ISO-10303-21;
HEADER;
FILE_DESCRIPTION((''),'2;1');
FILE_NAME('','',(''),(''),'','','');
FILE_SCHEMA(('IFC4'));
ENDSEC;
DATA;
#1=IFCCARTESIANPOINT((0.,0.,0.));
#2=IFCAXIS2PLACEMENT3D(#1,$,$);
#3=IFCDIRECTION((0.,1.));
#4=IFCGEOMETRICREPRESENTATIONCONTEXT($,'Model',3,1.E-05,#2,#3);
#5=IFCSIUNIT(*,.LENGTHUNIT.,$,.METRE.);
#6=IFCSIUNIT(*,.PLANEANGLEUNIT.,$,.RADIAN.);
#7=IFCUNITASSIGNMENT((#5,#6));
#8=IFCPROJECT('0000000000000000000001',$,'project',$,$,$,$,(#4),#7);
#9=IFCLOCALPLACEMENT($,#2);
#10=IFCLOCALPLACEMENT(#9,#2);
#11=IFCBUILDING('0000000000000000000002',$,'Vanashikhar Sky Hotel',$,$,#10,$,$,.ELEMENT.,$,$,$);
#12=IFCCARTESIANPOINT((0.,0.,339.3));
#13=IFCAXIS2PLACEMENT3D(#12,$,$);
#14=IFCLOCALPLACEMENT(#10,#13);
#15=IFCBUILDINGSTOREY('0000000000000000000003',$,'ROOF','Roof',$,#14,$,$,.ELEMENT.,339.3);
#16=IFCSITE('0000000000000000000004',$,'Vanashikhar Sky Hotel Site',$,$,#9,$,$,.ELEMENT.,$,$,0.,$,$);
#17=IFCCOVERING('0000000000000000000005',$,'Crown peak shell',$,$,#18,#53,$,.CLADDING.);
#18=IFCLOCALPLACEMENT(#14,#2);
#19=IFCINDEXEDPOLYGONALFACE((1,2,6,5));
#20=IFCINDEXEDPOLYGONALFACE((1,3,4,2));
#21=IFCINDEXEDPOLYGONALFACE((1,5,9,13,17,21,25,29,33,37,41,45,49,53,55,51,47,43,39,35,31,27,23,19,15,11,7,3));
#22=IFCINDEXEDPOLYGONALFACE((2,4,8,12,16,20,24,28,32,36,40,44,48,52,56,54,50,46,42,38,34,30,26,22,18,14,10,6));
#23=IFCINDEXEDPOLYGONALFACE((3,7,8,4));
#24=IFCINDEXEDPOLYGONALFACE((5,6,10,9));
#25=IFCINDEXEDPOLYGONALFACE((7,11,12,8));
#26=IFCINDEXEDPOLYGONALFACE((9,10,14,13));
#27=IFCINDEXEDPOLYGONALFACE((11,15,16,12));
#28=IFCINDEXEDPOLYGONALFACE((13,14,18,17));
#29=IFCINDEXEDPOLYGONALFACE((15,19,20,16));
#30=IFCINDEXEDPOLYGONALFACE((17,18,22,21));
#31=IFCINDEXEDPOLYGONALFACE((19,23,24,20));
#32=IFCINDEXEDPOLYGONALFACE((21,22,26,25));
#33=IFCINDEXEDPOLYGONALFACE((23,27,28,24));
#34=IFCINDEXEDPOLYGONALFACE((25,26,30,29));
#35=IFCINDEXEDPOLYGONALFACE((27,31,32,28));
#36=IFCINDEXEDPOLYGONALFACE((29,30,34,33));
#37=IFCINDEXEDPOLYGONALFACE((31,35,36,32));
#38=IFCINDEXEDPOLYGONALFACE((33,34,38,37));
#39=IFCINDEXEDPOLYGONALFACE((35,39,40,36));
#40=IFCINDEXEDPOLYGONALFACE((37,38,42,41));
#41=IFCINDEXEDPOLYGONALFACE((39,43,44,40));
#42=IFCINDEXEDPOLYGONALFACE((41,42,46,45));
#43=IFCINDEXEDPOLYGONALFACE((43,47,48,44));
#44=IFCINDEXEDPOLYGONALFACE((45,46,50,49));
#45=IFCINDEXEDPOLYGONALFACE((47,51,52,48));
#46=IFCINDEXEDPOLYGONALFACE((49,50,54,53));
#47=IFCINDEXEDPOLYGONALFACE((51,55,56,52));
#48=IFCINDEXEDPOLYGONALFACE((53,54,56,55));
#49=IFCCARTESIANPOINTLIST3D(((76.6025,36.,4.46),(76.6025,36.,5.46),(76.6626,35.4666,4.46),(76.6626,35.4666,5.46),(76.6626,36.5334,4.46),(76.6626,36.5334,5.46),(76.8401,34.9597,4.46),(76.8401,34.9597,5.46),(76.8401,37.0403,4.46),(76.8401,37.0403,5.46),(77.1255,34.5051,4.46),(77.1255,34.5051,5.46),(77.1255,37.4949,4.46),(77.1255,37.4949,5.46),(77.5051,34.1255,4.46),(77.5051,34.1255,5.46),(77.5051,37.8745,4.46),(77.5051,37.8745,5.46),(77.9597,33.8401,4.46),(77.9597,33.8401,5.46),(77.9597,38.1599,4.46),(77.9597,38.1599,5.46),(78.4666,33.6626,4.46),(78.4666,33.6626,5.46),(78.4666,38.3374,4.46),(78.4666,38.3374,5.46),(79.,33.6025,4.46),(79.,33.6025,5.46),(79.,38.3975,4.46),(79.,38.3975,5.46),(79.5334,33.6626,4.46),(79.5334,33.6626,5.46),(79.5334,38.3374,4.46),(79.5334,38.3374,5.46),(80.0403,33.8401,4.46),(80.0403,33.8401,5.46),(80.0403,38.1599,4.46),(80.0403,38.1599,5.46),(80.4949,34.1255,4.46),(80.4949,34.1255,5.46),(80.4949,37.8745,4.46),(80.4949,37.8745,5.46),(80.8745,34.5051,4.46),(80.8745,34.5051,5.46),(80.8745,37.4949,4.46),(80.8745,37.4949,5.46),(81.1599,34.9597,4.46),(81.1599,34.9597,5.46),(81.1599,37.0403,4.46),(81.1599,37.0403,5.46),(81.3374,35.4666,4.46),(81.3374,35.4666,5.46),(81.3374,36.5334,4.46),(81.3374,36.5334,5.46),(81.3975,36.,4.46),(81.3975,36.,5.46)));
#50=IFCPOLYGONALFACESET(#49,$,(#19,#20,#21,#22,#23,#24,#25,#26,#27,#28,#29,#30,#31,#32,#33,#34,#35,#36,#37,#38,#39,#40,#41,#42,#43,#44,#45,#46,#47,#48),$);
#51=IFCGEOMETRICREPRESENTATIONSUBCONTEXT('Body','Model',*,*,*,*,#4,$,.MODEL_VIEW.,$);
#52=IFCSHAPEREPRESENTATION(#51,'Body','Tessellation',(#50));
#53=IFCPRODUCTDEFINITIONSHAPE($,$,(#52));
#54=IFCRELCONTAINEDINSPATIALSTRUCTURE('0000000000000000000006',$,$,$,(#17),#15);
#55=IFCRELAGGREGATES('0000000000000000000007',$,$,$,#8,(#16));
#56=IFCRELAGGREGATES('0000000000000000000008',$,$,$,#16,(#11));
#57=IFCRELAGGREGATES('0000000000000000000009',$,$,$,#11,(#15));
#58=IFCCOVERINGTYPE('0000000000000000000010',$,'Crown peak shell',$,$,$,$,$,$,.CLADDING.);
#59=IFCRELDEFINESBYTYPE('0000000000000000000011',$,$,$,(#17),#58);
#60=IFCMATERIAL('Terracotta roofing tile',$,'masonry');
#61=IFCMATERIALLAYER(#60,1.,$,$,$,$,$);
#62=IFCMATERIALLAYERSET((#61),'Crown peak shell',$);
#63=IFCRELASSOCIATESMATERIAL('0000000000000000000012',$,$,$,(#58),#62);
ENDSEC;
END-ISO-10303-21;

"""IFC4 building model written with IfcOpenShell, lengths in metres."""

from ifc_helpers import new_model, si_unit, direction, frame, origin, place, context, subcontext, project, spatial, polyline, outline, extrude, source, transform, mapped, material, layer, layer_set, type_object, element, save


model = new_model("IFC4")

# Units and contexts
model_context = context("Model", 3, precision=1e-05, world=origin(), true_north=direction((0.0, 1.0)))
body_context = subcontext(model_context, "Body", "Model", "MODEL_VIEW")
ifc_project = project(units=[si_unit("LENGTHUNIT", "METRE"), si_unit("PLANEANGLEUNIT", "RADIAN")], contexts=[model_context])

# Site, building, storey
site_placement = place(None, origin())
site = spatial("IfcSite", under=ifc_project, at=site_placement, Name="Vanashikhar Sky Hotel Site", CompositionType="ELEMENT", RefElevation=0.0)
building_placement = place(site_placement, origin())
building = spatial("IfcBuilding", under=site, at=building_placement, Name="Vanashikhar Sky Hotel", CompositionType="ELEMENT")
storey_placement = place(building_placement, frame((0.0, 0.0, 339.3)))
storey = spatial("IfcBuildingStorey", under=building, at=storey_placement, Name="ROOF", Description="Roof", CompositionType="ELEMENT", Elevation=339.3)

# Covering
ifc_material_1 = material(Name="Terracotta roofing tile", Category="masonry")
ifc_layer_1 = layer(ifc_material_1, 1.0)
ifc_layer_set_1 = layer_set([ifc_layer_1], Name="Crown peak shell")
covering_type = type_object("IfcCoveringType", Name="Crown peak shell", PredefinedType="CLADDING", material=ifc_layer_set_1)
shared_shape_1 = source(origin(), body_context, "Body", "SweptSolid", [
    extrude(outline(polyline([(81.3975, 36.0), (81.3374, 36.5334), (81.1599, 37.0403), (80.8745, 37.4949), (80.4949, 37.8745), (80.0403, 38.1599), (79.5334, 38.3374), (79.0, 38.3975), (78.4666, 38.3374), (77.9597, 38.1599), (77.5051, 37.8745), (77.1255, 37.4949), (76.8401, 37.0403), (76.6626, 36.5334), (76.6025, 36.0), (76.6626, 35.4666), (76.8401, 34.9597), (77.1255, 34.5051), (77.5051, 34.1255), (77.9597, 33.8401), (78.4666, 33.6626), (79.0, 33.6025), (79.5334, 33.6626), (80.0403, 33.8401), (80.4949, 34.1255), (80.8745, 34.5051), (81.1599, 34.9597), (81.3374, 35.4666), (81.3975, 36.0)])), origin(), (0.0, 0.0, 1.0), 1.0),
])
covering_placement = place(storey_placement, frame((0.0, 0.0, 4.46)))
element("IfcCovering", 1, at=covering_placement, inside=storey, type_object=covering_type, Name="Crown peak shell", PredefinedType="CLADDING", context=body_context, shape_type="MappedRepresentation", body=[
    mapped(shared_shape_1, transform((0.0, 0.0, 0.0), scale=1.0)),
])

save(model, "model.ifc")
